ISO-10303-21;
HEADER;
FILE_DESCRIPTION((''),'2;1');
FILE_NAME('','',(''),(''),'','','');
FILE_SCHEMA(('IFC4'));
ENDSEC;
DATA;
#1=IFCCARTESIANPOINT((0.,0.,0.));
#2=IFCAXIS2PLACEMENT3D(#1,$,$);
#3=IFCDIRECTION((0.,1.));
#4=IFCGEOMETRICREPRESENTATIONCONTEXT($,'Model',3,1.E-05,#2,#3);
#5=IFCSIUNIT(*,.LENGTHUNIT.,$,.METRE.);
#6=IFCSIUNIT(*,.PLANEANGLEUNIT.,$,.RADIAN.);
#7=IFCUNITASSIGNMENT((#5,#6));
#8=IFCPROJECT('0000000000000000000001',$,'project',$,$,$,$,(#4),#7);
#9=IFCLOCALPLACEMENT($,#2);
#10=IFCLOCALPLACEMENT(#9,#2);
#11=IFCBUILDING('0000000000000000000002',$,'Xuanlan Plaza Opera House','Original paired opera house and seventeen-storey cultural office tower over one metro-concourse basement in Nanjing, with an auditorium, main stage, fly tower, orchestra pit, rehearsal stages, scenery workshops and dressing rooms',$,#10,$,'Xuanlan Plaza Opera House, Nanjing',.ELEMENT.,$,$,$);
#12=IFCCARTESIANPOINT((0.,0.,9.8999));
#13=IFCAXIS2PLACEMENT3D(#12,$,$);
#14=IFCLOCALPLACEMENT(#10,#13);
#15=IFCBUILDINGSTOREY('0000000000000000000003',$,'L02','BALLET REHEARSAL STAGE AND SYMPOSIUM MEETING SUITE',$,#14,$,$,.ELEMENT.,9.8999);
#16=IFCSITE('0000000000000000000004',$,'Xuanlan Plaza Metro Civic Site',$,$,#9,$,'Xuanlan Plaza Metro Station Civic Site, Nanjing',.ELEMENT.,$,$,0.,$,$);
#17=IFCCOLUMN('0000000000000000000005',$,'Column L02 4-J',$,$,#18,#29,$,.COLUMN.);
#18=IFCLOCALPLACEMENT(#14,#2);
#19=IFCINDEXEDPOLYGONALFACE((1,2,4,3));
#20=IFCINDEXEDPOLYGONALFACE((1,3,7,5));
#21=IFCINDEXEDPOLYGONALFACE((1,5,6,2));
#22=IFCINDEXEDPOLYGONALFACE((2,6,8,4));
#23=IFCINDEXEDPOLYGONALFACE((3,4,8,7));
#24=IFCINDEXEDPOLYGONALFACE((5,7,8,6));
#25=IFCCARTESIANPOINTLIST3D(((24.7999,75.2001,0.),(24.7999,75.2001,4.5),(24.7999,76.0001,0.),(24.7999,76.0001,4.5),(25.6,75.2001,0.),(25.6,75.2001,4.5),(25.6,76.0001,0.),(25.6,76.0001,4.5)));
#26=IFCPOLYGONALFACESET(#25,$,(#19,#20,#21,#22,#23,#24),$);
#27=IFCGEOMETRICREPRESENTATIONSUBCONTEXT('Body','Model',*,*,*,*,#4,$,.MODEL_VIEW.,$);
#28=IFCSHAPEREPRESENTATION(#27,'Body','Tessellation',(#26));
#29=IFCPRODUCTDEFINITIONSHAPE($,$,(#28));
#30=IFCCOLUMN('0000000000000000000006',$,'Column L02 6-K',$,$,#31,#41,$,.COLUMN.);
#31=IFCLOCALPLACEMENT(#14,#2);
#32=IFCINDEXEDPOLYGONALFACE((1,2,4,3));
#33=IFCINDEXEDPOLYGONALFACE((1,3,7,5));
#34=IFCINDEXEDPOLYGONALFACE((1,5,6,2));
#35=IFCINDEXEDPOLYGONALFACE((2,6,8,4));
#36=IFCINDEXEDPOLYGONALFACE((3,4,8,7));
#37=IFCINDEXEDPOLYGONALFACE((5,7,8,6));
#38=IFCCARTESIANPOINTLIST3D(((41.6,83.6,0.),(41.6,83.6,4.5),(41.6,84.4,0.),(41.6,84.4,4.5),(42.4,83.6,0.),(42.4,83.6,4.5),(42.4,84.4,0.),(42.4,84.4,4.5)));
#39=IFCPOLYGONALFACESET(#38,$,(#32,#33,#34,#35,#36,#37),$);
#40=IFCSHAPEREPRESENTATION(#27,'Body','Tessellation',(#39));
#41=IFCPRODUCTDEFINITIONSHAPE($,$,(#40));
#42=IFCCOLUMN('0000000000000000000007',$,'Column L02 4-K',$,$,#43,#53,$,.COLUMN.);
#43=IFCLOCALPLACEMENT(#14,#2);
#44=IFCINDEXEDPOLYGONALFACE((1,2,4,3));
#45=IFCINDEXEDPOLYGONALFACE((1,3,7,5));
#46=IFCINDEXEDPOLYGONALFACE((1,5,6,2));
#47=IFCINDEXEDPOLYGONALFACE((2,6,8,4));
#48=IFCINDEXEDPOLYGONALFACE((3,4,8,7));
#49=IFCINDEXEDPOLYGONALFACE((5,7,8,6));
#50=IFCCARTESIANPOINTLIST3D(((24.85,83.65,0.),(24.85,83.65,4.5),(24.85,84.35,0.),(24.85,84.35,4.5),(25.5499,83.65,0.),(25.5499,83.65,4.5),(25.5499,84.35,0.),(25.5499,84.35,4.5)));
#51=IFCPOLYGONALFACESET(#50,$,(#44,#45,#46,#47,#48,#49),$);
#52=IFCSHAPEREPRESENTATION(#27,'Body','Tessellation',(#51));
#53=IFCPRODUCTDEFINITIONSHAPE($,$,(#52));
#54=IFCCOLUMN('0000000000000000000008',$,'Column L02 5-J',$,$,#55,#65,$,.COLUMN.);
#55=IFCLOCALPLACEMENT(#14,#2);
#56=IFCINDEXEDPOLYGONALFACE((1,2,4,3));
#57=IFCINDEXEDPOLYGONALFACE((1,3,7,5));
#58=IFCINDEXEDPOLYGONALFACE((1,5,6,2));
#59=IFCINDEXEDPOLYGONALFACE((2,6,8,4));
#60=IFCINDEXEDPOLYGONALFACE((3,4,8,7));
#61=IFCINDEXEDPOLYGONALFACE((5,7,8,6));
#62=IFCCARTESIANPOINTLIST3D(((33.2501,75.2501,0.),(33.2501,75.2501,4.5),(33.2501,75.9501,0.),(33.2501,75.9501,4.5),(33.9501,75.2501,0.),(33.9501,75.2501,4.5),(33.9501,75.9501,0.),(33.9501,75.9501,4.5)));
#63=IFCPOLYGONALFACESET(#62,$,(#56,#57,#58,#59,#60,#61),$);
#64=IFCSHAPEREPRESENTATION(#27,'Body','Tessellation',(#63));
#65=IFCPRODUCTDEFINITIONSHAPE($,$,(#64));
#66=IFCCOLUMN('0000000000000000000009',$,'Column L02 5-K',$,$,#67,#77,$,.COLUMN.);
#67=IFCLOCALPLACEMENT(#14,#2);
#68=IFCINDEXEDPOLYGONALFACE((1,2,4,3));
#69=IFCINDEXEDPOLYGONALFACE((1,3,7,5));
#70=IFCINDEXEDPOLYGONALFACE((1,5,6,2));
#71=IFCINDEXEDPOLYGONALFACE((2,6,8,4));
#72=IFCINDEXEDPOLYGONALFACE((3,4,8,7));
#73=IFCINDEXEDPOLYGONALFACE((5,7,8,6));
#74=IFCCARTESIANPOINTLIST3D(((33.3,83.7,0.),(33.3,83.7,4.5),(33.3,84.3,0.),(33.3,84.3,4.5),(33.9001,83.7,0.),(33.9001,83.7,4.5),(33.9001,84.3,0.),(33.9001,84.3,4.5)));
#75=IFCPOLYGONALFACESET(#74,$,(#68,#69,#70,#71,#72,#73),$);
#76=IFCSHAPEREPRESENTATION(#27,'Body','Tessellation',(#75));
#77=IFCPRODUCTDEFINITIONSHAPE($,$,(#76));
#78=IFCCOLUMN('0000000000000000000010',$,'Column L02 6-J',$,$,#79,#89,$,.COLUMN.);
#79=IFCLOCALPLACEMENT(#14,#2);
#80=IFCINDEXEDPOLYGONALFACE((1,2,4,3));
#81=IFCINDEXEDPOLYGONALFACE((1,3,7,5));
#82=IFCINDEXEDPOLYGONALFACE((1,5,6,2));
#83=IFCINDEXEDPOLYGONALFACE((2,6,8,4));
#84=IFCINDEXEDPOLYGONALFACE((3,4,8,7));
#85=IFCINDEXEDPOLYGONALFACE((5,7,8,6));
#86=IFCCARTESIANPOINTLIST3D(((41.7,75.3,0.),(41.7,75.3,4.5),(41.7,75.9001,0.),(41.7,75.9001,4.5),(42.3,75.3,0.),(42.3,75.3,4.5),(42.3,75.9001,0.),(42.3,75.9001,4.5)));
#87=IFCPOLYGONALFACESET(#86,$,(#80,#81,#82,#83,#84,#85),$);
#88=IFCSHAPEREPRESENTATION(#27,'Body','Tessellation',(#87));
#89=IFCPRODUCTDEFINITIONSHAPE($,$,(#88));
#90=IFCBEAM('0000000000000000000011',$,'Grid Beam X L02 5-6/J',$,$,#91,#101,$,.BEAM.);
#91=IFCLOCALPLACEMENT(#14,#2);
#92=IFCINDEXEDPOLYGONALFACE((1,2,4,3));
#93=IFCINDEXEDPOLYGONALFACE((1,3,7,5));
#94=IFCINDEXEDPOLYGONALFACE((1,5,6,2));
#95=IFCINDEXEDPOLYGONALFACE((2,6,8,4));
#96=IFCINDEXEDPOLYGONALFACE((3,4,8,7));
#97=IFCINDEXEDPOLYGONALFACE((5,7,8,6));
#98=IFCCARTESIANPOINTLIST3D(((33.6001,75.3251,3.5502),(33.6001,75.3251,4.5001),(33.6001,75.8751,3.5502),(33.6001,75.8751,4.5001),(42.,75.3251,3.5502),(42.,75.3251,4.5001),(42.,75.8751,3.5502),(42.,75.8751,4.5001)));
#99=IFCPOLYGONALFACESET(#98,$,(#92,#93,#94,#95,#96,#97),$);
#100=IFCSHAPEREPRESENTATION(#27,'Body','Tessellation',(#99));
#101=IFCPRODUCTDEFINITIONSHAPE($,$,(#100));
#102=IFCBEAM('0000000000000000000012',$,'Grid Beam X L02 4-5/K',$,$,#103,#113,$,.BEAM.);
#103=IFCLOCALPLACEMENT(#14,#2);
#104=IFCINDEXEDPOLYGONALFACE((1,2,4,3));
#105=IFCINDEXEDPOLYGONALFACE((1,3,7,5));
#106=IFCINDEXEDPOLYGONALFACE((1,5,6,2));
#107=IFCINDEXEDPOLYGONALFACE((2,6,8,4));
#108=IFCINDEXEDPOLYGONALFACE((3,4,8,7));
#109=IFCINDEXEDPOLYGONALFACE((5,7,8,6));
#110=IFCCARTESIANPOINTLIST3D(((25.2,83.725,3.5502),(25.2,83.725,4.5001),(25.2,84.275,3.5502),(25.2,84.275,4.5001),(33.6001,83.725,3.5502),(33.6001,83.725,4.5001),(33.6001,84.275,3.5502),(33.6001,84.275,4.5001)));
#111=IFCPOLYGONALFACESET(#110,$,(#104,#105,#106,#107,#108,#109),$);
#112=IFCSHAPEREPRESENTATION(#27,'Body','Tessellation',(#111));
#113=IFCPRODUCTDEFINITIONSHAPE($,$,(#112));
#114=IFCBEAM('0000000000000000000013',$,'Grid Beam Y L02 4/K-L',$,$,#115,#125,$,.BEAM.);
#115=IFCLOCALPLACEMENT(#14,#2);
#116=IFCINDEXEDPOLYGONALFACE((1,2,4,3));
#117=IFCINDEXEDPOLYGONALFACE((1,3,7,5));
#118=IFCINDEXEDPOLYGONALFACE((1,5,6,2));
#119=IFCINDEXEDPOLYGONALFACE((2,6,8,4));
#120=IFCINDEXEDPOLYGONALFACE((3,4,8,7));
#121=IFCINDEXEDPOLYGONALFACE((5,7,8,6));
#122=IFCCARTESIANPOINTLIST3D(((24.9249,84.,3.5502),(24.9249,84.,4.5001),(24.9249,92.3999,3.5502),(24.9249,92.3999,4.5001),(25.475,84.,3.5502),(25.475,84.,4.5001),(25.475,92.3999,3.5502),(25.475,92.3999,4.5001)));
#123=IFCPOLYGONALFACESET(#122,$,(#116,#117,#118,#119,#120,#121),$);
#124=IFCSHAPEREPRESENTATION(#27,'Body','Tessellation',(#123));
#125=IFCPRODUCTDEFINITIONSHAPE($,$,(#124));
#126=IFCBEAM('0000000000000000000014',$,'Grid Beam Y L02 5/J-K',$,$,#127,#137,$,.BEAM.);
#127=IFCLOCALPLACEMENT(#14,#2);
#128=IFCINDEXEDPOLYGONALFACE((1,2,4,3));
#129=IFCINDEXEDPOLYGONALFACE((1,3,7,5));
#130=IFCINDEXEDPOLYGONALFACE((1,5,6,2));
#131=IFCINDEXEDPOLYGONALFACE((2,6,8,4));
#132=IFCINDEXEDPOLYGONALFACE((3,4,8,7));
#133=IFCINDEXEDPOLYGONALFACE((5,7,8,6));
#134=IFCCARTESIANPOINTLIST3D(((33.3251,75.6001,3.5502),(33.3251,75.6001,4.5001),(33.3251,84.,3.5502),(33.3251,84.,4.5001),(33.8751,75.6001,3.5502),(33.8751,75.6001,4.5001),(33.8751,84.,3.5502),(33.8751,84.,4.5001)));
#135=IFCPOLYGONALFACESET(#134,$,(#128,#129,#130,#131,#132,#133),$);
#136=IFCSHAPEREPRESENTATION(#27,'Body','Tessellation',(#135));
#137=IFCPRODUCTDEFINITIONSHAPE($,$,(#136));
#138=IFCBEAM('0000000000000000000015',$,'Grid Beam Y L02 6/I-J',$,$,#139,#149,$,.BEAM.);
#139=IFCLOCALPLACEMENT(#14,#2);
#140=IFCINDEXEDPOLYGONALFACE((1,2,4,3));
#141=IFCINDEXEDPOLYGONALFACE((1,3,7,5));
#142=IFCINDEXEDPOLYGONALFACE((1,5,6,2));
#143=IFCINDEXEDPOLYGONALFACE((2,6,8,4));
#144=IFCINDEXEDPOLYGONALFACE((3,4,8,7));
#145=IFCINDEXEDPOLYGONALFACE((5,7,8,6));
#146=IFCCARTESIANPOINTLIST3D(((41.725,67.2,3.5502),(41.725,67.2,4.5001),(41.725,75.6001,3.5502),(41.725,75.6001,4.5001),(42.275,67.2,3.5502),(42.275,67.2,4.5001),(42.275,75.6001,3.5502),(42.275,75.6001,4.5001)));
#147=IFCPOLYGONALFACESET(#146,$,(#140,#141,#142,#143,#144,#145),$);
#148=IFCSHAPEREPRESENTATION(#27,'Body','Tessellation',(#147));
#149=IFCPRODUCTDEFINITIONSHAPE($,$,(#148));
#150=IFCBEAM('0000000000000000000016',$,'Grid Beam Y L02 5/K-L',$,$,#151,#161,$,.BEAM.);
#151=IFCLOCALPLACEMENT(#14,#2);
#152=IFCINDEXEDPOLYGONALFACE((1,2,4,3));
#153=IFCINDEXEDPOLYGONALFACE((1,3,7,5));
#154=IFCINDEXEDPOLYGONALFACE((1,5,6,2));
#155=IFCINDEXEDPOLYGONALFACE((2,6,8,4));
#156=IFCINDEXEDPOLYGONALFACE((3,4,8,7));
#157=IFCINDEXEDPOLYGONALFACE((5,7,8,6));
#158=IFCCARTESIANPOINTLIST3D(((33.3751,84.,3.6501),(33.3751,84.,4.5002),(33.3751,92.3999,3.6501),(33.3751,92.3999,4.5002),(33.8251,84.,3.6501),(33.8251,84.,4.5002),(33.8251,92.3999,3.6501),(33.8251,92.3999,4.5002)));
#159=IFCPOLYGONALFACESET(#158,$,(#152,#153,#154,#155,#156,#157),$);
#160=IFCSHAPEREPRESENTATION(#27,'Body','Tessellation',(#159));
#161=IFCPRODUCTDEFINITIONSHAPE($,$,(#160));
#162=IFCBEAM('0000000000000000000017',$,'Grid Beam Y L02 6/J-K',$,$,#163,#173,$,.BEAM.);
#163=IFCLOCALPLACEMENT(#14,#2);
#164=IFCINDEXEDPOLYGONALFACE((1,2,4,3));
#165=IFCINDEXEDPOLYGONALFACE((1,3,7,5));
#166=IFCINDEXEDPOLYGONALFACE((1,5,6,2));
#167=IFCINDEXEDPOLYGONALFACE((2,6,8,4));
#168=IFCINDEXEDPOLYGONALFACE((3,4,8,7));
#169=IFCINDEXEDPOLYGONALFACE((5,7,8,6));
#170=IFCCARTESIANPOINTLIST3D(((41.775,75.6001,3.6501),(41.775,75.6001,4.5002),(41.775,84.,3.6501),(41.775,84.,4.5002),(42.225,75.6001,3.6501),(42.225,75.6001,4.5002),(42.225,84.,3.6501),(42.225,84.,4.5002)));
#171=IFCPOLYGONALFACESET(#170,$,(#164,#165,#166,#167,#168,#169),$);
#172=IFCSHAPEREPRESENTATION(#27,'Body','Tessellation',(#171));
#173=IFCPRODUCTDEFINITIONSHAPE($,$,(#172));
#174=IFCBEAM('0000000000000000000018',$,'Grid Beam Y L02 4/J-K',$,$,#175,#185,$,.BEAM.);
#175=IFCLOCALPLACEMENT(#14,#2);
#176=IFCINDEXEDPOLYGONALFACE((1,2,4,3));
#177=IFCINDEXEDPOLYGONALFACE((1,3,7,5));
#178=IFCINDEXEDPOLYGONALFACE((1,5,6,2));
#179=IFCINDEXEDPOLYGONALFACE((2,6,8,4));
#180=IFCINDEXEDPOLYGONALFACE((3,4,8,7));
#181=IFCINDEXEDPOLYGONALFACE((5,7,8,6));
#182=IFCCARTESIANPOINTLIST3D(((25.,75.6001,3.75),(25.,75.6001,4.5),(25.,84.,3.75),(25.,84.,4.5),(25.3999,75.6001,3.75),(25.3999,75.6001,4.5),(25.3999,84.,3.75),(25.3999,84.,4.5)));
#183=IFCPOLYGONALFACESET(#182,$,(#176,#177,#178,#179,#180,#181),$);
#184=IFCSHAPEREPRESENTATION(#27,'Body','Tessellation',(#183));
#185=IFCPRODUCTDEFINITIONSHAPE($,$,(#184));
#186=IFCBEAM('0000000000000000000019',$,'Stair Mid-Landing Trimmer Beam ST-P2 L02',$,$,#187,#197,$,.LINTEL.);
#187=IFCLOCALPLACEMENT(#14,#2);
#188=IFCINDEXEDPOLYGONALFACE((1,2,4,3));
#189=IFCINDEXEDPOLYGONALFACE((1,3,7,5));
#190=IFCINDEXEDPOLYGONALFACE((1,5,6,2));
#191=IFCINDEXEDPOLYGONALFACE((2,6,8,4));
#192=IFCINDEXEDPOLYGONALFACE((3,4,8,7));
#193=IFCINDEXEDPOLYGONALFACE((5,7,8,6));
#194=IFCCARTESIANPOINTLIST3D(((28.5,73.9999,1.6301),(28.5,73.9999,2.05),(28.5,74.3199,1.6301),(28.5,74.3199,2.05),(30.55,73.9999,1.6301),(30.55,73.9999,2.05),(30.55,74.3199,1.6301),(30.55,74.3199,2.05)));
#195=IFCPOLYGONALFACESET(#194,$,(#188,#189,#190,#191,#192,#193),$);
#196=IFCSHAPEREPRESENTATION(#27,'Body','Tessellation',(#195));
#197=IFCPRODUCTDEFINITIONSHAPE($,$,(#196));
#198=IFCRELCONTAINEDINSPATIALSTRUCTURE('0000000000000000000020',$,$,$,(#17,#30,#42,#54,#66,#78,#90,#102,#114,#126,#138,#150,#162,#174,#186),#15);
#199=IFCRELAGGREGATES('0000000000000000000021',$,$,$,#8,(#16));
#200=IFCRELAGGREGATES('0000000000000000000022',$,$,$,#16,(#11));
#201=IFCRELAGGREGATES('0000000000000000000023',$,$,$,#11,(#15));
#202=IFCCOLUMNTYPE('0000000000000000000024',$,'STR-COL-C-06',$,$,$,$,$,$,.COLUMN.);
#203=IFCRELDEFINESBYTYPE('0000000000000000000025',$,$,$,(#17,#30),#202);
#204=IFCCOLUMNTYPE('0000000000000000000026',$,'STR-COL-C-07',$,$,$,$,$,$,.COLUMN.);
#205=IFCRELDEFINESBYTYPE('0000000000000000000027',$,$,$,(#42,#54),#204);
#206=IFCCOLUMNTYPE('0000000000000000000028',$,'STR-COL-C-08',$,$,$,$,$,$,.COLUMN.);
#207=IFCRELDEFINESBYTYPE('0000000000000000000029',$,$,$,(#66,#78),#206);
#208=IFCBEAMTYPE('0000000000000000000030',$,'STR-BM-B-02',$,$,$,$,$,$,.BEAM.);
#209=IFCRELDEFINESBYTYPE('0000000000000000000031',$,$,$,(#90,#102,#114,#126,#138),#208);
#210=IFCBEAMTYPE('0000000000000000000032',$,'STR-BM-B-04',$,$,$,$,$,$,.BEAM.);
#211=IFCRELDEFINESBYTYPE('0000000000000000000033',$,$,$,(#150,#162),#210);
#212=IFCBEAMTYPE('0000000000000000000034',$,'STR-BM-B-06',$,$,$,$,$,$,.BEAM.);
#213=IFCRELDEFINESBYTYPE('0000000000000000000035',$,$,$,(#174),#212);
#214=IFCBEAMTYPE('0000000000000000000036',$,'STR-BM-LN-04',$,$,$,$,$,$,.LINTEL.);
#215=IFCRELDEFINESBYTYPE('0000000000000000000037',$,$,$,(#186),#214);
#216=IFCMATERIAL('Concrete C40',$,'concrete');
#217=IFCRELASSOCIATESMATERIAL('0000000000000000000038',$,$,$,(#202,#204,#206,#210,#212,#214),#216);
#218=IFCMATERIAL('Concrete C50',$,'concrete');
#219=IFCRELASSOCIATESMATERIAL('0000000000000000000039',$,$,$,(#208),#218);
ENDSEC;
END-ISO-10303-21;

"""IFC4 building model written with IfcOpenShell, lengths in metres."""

from ifc_helpers import new_model, si_unit, direction, frame, origin, origin_2d, place, context, subcontext, project, spatial, rectangle, extrude, material, material_profile, profile_set, type_object, element, save


model = new_model("IFC4")

# Units and contexts
model_context = context("Model", 3, precision=1e-05, world=origin(), true_north=direction((0.0, 1.0)))
body_context = subcontext(model_context, "Body", "Model", "MODEL_VIEW")
ifc_project = project(units=[si_unit("LENGTHUNIT", "METRE"), si_unit("PLANEANGLEUNIT", "RADIAN")], contexts=[model_context])

# Site, building, storey
site_placement = place(None, origin())
site = spatial("IfcSite", under=ifc_project, at=site_placement, Name="Xuanlan Plaza Metro Civic Site", LongName="Xuanlan Plaza Metro Station Civic Site, Nanjing", CompositionType="ELEMENT", RefElevation=0.0)
building_placement = place(site_placement, origin())
building = spatial("IfcBuilding", under=site, at=building_placement, Name="Xuanlan Plaza Opera House", Description="Original paired opera house and seventeen-storey cultural office tower over one metro-concourse basement in Nanjing, with an auditorium, main stage, fly tower, orchestra pit, rehearsal stages, scenery workshops and dressing rooms", LongName="Xuanlan Plaza Opera House, Nanjing", CompositionType="ELEMENT")
storey_placement = place(building_placement, frame((0.0, 0.0, 9.8999)))
storey = spatial("IfcBuildingStorey", under=building, at=storey_placement, Name="L02", Description="BALLET REHEARSAL STAGE AND SYMPOSIUM MEETING SUITE", CompositionType="ELEMENT", Elevation=9.8999)

# Columns
ifc_material_1 = material(Name="Concrete C40", Category="concrete")
ifc_material_profile_1 = material_profile(ifc_material_1, rectangle(XDim=0.8, YDim=0.8, at=origin_2d()), Name="RC-COL 800x800")
ifc_profile_set_1 = profile_set([ifc_material_profile_1], Name="Concrete C40")
column_type_1 = type_object("IfcColumnType", Name="STR-COL-C-06", PredefinedType="COLUMN", material=ifc_profile_set_1)
for number, where, z_axis, x_axis, name in (
    (1, (25.2, 75.6001, 0.0), (0.0, 0.0, 1.0), (1.0, 0.0, 0.0), "Column L02 4-J"),
    (2, (42.0, 84.0, 0.0), (0.0, 0.0, 1.0), (1.0, 0.0, 0.0), "Column L02 6-K"),
):
    element("IfcColumn", number, at=place(storey_placement, frame(where, z_axis=z_axis, x_axis=x_axis)), inside=storey, type_object=column_type_1, Name=name, PredefinedType="COLUMN", context=body_context, shape_type="SweptSolid", body=[
        extrude(rectangle(XDim=0.8, YDim=0.8, at=origin_2d()), origin(), (0.0, 0.0, 1.0), 4.5),
    ])
ifc_material_profile_2 = material_profile(ifc_material_1, rectangle(XDim=0.7, YDim=0.7, at=origin_2d()), Name="RC-COL 700x700")
ifc_profile_set_2 = profile_set([ifc_material_profile_2], Name="Concrete C40")
column_type_2 = type_object("IfcColumnType", Name="STR-COL-C-07", PredefinedType="COLUMN", material=ifc_profile_set_2)
for number, where, z_axis, x_axis, name in (
    (3, (25.2, 84.0, 0.0), (0.0, 0.0, 1.0), (1.0, 0.0, 0.0), "Column L02 4-K"),
    (4, (33.6001, 75.6001, 0.0), (0.0, 0.0, 1.0), (1.0, 0.0, 0.0), "Column L02 5-J"),
):
    element("IfcColumn", number, at=place(storey_placement, frame(where, z_axis=z_axis, x_axis=x_axis)), inside=storey, type_object=column_type_2, Name=name, PredefinedType="COLUMN", context=body_context, shape_type="SweptSolid", body=[
        extrude(rectangle(XDim=0.7, YDim=0.7, at=origin_2d()), origin(), (0.0, 0.0, 1.0), 4.5),
    ])
ifc_material_profile_3 = material_profile(ifc_material_1, rectangle(XDim=0.6001, YDim=0.6001, at=origin_2d()), Name="RC-COL 600x600")
ifc_profile_set_3 = profile_set([ifc_material_profile_3], Name="Concrete C40")
column_type_3 = type_object("IfcColumnType", Name="STR-COL-C-08", PredefinedType="COLUMN", material=ifc_profile_set_3)
for number, where, z_axis, x_axis, name in (
    (5, (33.6001, 84.0, 0.0), (0.0, 0.0, 1.0), (1.0, 0.0, 0.0), "Column L02 5-K"),
    (6, (42.0, 75.6001, 0.0), (0.0, 0.0, 1.0), (1.0, 0.0, 0.0), "Column L02 6-J"),
):
    element("IfcColumn", number, at=place(storey_placement, frame(where, z_axis=z_axis, x_axis=x_axis)), inside=storey, type_object=column_type_3, Name=name, PredefinedType="COLUMN", context=body_context, shape_type="SweptSolid", body=[
        extrude(rectangle(XDim=0.6001, YDim=0.6001, at=origin_2d()), origin(), (0.0, 0.0, 1.0), 4.5),
    ])

# Beams
ifc_material_2 = material(Name="Concrete C50", Category="concrete")
ifc_material_profile_4 = material_profile(ifc_material_2, rectangle(XDim=0.55, YDim=0.95, at=origin_2d()), Name="RC-BM 550x950")
ifc_profile_set_4 = profile_set([ifc_material_profile_4], Name="Concrete C50")
beam_type_1 = type_object("IfcBeamType", Name="STR-BM-B-02", PredefinedType="BEAM", material=ifc_profile_set_4)
beam_1_placement = place(storey_placement, frame((33.6001, 75.6001, 4.0251), z_axis=(1.0, 0.0, 0.0), x_axis=(0.0, 1.0, 0.0)))
element("IfcBeam", 7, at=beam_1_placement, inside=storey, type_object=beam_type_1, Name="Grid Beam X L02 5-6/J", PredefinedType="BEAM", context=body_context, shape_type="SweptSolid", body=[
    extrude(rectangle(XDim=0.55, YDim=0.95, at=origin_2d()), origin(), (0.0, 0.0, 1.0), 8.3999),
])
beam_2_placement = place(storey_placement, frame((25.2, 84.0, 4.0251), z_axis=(1.0, 0.0, 0.0), x_axis=(0.0, 1.0, 0.0)))
element("IfcBeam", 8, at=beam_2_placement, inside=storey, type_object=beam_type_1, Name="Grid Beam X L02 4-5/K", PredefinedType="BEAM", context=body_context, shape_type="SweptSolid", body=[
    extrude(rectangle(XDim=0.55, YDim=0.95, at=origin_2d()), origin(), (0.0, 0.0, 1.0), 8.4001),
])
for number, where, z_axis, x_axis, name in (
    (9, (25.2, 84.0, 4.0251), (0.0, 1.0, 0.0), (-1.0, 0.0, 0.0), "Grid Beam Y L02 4/K-L"),
    (10, (33.6001, 75.6001, 4.0251), (0.0, 1.0, 0.0), (-1.0, 0.0, 0.0), "Grid Beam Y L02 5/J-K"),
):
    element("IfcBeam", number, at=place(storey_placement, frame(where, z_axis=z_axis, x_axis=x_axis)), inside=storey, type_object=beam_type_1, Name=name, PredefinedType="BEAM", context=body_context, shape_type="SweptSolid", body=[
        extrude(rectangle(XDim=0.55, YDim=0.95, at=origin_2d()), origin(), (0.0, 0.0, 1.0), 8.3999),
    ])
beam_3_placement = place(storey_placement, frame((42.0, 67.2, 4.0251), z_axis=(0.0, 1.0, 0.0), x_axis=(-1.0, 0.0, 0.0)))
element("IfcBeam", 11, at=beam_3_placement, inside=storey, type_object=beam_type_1, Name="Grid Beam Y L02 6/I-J", PredefinedType="BEAM", context=body_context, shape_type="SweptSolid", body=[
    extrude(rectangle(XDim=0.55, YDim=0.95, at=origin_2d()), origin(), (0.0, 0.0, 1.0), 8.4001),
])
ifc_material_profile_5 = material_profile(ifc_material_1, rectangle(XDim=0.45, YDim=0.8501, at=origin_2d()), Name="RC-BM 450x850")
ifc_profile_set_5 = profile_set([ifc_material_profile_5], Name="Concrete C40")
beam_type_2 = type_object("IfcBeamType", Name="STR-BM-B-04", PredefinedType="BEAM", material=ifc_profile_set_5)
for number, where, z_axis, x_axis, name in (
    (12, (33.6001, 84.0, 4.0752), (0.0, 1.0, 0.0), (-1.0, 0.0, 0.0), "Grid Beam Y L02 5/K-L"),
    (13, (42.0, 75.6001, 4.0752), (0.0, 1.0, 0.0), (-1.0, 0.0, 0.0), "Grid Beam Y L02 6/J-K"),
):
    element("IfcBeam", number, at=place(storey_placement, frame(where, z_axis=z_axis, x_axis=x_axis)), inside=storey, type_object=beam_type_2, Name=name, PredefinedType="BEAM", context=body_context, shape_type="SweptSolid", body=[
        extrude(rectangle(XDim=0.45, YDim=0.8501, at=origin_2d()), origin(), (0.0, 0.0, 1.0), 8.3999),
    ])
ifc_material_profile_6 = material_profile(ifc_material_1, rectangle(XDim=0.3999, YDim=0.75, at=origin_2d()), Name="RC-BM 400x750")
ifc_profile_set_6 = profile_set([ifc_material_profile_6], Name="Concrete C40")
beam_type_3 = type_object("IfcBeamType", Name="STR-BM-B-06", PredefinedType="BEAM", material=ifc_profile_set_6)
beam_4_placement = place(storey_placement, frame((25.2, 75.6001, 4.125), z_axis=(0.0, 1.0, 0.0), x_axis=(-1.0, 0.0, 0.0)))
element("IfcBeam", 14, at=beam_4_placement, inside=storey, type_object=beam_type_3, Name="Grid Beam Y L02 4/J-K", PredefinedType="BEAM", context=body_context, shape_type="SweptSolid", body=[
    extrude(rectangle(XDim=0.3999, YDim=0.75, at=origin_2d()), origin(), (0.0, 0.0, 1.0), 8.3999),
])
ifc_material_profile_7 = material_profile(ifc_material_1, rectangle(XDim=0.3201, YDim=0.4199, at=origin_2d()), Name="RC-LNT 320x420")
ifc_profile_set_7 = profile_set([ifc_material_profile_7], Name="Concrete C40")
beam_type_4 = type_object("IfcBeamType", Name="STR-BM-LN-04", PredefinedType="LINTEL", material=ifc_profile_set_7)
beam_5_placement = place(storey_placement, frame((28.5, 74.1599, 1.8401), z_axis=(1.0, 0.0, 0.0), x_axis=(0.0, 1.0, 0.0)))
element("IfcBeam", 15, at=beam_5_placement, inside=storey, type_object=beam_type_4, Name="Stair Mid-Landing Trimmer Beam ST-P2 L02", PredefinedType="LINTEL", context=body_context, shape_type="SweptSolid", body=[
    extrude(rectangle(XDim=0.3201, YDim=0.4199, at=origin_2d()), origin(), (0.0, 0.0, 1.0), 2.05),
])

save(model, "model.ifc")
